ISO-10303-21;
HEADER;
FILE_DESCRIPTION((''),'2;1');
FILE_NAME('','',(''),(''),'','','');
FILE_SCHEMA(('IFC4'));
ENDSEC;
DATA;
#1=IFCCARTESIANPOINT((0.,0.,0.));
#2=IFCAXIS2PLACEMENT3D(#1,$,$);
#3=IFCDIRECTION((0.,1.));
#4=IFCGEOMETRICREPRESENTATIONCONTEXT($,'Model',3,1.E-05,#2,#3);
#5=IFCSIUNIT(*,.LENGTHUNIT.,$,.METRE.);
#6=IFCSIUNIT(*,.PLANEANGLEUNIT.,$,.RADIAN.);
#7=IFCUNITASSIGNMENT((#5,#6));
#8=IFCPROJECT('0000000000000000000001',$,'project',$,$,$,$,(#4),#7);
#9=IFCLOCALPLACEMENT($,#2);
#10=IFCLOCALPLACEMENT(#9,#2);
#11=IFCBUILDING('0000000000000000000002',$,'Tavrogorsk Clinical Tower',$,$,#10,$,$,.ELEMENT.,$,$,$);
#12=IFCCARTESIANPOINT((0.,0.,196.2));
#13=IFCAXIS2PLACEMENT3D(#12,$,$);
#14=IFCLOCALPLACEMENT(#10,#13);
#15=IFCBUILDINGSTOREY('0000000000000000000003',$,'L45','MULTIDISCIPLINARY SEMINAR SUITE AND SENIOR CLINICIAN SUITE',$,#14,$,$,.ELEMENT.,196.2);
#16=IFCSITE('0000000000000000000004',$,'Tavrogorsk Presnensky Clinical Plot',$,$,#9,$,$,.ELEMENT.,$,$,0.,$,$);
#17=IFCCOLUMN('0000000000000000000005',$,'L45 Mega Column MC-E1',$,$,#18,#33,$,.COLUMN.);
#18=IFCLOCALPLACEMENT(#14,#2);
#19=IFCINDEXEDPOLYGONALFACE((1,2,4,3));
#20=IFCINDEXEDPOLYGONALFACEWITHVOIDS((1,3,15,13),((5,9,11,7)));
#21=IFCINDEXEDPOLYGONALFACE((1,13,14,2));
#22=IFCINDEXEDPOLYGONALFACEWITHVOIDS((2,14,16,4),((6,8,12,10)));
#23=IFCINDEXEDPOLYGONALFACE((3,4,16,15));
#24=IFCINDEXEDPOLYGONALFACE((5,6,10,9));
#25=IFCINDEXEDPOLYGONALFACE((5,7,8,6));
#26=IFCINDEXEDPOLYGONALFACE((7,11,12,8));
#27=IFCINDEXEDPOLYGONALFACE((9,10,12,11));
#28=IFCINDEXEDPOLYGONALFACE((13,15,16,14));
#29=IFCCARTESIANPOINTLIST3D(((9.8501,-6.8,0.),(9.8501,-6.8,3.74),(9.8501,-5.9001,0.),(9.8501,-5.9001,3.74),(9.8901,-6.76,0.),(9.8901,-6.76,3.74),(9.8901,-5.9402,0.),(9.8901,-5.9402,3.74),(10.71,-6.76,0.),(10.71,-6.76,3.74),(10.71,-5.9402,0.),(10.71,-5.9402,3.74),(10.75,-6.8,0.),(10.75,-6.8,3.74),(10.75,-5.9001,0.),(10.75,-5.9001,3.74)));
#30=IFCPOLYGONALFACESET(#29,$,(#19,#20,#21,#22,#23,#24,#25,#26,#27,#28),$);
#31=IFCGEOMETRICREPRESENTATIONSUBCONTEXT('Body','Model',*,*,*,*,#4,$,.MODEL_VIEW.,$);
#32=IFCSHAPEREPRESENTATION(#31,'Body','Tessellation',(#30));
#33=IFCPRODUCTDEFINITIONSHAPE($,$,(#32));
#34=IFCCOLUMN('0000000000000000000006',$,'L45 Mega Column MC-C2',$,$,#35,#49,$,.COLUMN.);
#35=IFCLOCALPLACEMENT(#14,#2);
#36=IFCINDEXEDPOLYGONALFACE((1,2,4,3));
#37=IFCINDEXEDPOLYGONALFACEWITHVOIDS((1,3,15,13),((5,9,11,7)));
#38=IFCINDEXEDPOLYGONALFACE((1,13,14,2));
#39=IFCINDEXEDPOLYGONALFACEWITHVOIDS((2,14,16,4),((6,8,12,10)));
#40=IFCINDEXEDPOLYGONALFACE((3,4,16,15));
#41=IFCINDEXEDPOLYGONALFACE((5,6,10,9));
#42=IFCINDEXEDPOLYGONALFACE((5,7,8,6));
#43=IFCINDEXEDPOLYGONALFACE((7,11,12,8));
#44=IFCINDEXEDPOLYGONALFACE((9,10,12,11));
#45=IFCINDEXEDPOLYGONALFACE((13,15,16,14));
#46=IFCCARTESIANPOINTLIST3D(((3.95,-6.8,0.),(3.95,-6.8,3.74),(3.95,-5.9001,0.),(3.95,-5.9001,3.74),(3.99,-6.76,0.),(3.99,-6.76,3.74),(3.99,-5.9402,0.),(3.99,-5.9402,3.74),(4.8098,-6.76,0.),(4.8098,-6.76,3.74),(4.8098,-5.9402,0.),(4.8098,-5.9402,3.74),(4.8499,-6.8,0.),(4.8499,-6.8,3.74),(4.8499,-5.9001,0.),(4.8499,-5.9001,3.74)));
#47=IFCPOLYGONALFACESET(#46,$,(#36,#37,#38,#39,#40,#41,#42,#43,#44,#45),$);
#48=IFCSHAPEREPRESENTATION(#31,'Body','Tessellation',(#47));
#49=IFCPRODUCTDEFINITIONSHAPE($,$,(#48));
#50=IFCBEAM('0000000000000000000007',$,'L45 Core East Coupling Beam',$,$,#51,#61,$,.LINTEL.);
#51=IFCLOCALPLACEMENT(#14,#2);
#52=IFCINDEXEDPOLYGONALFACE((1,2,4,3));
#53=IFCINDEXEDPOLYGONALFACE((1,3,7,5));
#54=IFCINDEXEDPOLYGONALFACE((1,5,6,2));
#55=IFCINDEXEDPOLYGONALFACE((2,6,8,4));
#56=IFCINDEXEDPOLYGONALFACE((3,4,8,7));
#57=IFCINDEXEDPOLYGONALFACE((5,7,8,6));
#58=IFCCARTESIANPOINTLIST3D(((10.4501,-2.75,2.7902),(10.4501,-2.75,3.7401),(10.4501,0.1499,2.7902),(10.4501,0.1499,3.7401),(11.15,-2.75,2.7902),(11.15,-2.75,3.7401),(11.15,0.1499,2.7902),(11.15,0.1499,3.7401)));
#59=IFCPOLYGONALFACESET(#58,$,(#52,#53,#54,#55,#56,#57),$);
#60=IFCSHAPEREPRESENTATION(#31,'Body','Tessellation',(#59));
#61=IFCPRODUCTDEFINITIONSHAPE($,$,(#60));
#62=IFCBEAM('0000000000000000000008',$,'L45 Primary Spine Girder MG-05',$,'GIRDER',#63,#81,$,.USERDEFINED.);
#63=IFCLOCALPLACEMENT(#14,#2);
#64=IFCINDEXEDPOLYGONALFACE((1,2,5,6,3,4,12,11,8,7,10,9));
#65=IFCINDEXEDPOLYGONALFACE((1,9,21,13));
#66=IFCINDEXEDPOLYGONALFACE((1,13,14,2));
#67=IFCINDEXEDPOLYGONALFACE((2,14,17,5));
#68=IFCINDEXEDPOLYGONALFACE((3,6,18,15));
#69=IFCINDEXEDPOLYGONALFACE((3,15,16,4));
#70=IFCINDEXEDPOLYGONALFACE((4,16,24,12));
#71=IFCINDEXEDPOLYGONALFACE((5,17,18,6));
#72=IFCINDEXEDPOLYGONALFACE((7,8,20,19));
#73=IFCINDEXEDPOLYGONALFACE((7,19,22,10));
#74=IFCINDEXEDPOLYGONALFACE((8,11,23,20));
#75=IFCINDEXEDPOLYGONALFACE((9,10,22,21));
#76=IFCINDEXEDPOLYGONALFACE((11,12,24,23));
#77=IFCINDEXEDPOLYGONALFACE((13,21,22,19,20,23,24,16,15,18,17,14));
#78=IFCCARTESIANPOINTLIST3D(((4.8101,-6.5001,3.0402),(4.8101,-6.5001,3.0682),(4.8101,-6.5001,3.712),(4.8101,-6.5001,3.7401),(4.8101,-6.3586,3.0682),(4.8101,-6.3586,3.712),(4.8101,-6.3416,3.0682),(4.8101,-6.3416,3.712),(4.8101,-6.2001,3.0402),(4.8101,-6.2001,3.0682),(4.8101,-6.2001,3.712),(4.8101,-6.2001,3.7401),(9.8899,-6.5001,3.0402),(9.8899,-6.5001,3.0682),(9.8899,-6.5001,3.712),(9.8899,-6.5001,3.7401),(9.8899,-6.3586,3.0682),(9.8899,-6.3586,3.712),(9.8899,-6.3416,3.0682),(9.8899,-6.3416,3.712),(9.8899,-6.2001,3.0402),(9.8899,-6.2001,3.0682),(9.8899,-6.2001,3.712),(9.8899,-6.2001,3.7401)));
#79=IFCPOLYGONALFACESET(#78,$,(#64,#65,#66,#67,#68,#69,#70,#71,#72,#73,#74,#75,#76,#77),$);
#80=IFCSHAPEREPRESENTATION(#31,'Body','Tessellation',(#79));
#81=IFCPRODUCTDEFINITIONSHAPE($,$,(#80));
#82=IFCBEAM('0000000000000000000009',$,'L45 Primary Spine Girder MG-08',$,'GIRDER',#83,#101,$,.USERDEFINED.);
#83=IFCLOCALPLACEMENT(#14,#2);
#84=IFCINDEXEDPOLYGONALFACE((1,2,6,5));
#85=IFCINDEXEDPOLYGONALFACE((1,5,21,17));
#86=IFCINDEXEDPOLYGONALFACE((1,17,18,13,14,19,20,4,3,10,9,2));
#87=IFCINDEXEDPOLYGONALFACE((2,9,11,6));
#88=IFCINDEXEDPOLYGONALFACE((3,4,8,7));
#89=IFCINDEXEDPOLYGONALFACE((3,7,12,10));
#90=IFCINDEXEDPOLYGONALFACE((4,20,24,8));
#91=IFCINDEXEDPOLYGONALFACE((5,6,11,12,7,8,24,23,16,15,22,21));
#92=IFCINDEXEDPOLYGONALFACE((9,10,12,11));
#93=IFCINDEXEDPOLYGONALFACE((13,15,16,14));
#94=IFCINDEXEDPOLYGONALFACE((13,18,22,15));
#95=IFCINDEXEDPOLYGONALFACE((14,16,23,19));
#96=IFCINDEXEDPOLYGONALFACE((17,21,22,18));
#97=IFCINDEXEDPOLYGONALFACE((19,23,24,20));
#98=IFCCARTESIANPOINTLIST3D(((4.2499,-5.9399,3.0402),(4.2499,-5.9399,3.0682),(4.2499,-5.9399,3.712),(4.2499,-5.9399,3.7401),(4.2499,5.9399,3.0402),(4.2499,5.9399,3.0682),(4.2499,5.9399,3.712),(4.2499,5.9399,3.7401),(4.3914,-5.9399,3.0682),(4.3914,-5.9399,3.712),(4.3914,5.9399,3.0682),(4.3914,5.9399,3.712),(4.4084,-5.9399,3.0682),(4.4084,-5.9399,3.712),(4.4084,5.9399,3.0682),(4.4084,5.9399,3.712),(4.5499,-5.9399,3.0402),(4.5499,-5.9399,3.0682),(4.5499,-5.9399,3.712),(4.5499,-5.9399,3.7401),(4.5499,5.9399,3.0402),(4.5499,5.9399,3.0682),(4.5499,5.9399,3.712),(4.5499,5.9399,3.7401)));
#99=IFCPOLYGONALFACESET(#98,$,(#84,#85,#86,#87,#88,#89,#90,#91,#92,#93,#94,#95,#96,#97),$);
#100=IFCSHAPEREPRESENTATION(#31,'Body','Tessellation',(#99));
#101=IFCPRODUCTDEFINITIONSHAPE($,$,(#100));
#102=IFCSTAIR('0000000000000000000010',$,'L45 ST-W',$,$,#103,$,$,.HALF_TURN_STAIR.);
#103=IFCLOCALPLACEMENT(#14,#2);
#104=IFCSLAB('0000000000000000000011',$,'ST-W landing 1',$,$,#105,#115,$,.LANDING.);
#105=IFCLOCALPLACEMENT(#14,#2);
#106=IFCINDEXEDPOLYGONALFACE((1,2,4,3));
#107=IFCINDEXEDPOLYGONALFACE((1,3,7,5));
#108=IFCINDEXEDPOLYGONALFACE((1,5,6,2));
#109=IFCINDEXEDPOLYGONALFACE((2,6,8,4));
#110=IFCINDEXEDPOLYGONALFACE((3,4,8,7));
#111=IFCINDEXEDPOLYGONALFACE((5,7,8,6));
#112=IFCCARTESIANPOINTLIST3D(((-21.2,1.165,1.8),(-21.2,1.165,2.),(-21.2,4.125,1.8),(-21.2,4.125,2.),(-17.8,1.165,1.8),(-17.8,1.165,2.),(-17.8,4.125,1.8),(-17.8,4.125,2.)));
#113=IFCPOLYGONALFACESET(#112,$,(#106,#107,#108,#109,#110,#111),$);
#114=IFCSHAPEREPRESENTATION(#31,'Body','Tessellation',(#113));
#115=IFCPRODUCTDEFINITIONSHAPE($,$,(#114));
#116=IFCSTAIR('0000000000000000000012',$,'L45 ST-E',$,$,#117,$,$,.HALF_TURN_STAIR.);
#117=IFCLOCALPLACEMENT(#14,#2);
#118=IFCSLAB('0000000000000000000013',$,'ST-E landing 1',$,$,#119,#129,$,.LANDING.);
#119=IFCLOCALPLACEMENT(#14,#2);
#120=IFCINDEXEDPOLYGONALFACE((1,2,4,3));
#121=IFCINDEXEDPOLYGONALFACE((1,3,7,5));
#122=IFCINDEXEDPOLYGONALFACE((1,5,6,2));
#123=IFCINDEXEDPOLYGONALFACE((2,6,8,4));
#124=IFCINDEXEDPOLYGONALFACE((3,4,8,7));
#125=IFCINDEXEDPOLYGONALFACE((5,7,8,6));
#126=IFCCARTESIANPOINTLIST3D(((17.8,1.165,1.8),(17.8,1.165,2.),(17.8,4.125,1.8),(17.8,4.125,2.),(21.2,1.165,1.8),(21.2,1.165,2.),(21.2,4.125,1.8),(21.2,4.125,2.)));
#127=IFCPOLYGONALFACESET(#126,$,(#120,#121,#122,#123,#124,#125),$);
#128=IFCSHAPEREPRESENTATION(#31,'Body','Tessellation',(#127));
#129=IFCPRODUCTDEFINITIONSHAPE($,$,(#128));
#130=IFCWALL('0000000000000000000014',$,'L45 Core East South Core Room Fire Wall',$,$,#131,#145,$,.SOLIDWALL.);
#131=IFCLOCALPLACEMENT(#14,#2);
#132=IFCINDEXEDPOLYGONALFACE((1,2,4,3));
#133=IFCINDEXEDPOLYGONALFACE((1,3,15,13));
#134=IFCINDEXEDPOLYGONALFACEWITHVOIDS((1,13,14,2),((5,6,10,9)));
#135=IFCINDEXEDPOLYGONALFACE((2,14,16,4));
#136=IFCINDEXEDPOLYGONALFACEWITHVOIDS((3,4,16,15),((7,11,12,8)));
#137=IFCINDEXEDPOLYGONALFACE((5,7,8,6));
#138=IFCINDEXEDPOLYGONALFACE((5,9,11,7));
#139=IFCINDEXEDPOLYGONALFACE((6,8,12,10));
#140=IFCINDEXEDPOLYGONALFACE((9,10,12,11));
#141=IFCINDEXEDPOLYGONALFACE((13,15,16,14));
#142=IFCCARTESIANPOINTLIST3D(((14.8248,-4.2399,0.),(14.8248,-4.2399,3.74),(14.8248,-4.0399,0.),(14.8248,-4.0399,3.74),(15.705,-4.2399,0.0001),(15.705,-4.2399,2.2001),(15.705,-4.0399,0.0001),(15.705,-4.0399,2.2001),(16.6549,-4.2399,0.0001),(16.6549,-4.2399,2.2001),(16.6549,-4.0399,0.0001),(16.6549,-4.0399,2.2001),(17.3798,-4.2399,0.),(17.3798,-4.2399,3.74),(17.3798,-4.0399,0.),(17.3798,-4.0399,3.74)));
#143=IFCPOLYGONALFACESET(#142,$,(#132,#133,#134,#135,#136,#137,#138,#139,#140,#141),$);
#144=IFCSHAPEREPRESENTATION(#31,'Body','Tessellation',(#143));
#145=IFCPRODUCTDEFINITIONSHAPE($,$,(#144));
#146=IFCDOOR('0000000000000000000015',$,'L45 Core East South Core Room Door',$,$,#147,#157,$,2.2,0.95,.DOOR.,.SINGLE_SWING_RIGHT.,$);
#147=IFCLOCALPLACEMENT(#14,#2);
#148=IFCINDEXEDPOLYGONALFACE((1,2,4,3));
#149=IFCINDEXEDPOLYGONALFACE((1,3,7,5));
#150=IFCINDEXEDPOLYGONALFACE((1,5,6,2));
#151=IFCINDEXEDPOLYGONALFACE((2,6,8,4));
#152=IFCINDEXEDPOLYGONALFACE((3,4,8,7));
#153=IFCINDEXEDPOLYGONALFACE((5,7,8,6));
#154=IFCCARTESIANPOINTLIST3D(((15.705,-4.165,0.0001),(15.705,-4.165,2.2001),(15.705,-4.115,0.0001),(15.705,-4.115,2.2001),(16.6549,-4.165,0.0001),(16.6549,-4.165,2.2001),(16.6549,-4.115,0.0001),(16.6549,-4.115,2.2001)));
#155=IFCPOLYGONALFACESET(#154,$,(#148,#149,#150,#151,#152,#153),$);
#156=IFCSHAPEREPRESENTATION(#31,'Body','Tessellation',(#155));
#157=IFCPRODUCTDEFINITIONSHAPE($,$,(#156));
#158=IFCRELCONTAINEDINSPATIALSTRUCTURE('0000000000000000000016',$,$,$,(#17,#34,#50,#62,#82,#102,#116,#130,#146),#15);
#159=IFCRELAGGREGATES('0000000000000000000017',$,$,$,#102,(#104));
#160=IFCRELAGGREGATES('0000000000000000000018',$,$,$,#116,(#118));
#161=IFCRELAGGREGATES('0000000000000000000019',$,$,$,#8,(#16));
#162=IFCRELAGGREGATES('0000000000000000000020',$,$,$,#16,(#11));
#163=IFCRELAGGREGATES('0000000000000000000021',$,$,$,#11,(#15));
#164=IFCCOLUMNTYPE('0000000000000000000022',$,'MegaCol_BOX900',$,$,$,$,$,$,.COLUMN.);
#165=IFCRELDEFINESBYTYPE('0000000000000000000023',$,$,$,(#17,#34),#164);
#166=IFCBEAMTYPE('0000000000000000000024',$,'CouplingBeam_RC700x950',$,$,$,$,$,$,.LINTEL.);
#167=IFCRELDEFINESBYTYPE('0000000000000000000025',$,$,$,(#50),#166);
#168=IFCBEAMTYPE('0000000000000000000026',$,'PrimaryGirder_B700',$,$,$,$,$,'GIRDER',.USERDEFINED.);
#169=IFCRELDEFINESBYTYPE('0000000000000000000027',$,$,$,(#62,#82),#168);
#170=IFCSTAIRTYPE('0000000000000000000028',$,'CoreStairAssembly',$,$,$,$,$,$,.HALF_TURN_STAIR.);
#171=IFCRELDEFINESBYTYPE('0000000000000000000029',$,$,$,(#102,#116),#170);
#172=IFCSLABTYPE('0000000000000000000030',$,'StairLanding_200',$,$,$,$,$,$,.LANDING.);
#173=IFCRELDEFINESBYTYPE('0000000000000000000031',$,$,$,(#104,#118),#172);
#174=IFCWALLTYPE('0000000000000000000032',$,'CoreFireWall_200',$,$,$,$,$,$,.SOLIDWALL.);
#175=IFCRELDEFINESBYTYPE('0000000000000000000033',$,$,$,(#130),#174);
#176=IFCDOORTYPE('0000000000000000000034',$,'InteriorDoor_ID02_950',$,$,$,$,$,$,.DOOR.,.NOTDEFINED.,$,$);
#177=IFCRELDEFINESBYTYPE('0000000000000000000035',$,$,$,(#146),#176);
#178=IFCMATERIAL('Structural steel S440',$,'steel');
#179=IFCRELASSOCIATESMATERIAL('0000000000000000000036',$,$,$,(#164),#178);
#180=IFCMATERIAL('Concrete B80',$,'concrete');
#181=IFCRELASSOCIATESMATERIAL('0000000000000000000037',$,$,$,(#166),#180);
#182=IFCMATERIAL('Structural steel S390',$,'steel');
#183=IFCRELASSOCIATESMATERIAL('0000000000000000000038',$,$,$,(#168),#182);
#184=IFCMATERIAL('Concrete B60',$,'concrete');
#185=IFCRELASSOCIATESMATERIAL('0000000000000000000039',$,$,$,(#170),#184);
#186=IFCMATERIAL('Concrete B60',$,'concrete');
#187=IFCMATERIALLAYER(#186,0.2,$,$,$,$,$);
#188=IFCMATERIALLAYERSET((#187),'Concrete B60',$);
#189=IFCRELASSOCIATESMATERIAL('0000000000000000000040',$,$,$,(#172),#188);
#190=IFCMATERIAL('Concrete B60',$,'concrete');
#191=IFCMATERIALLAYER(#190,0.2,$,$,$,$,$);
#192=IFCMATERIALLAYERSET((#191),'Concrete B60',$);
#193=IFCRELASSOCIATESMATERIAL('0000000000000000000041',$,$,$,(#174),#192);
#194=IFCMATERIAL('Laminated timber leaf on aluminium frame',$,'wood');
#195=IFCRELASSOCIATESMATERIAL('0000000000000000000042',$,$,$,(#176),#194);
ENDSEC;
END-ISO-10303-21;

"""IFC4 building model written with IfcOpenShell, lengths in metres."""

from ifc_helpers import new_model, si_unit, direction, frame, frame_2d, origin, origin_2d, place, context, subcontext, project, spatial, polyline, rectangle, hollow_rectangle, i_section, outline, extrude, material, layer, layer_set, material_profile, profile_set, type_object, element, fill, aggregate, save


model = new_model("IFC4")

# Units and contexts
model_context = context("Model", 3, precision=1e-05, world=origin(), true_north=direction((0.0, 1.0)))
body_context = subcontext(model_context, "Body", "Model", "MODEL_VIEW")
ifc_project = project(units=[si_unit("LENGTHUNIT", "METRE"), si_unit("PLANEANGLEUNIT", "RADIAN")], contexts=[model_context])

# Site, building, storey
site_placement = place(None, origin())
site = spatial("IfcSite", under=ifc_project, at=site_placement, Name="Tavrogorsk Presnensky Clinical Plot", CompositionType="ELEMENT", RefElevation=0.0)
building_placement = place(site_placement, origin())
building = spatial("IfcBuilding", under=site, at=building_placement, Name="Tavrogorsk Clinical Tower", CompositionType="ELEMENT")
storey_placement = place(building_placement, frame((0.0, 0.0, 196.2)))
storey = spatial("IfcBuildingStorey", under=building, at=storey_placement, Name="L45", Description="MULTIDISCIPLINARY SEMINAR SUITE AND SENIOR CLINICIAN SUITE", CompositionType="ELEMENT", Elevation=196.2)

# Columns
ifc_material_1 = material(Name="Structural steel S440", Category="steel")
ifc_material_profile_1 = material_profile(ifc_material_1, hollow_rectangle(XDim=0.8999, YDim=0.8999, WallThickness=0.04, at=origin_2d()), Name="BOX-900x900x40")
ifc_profile_set_1 = profile_set([ifc_material_profile_1], Name="Structural steel S440")
column_type = type_object("IfcColumnType", Name="MegaCol_BOX900", PredefinedType="COLUMN", material=ifc_profile_set_1)
for number, where, z_axis, x_axis, name in (
    (1, (10.3, -6.3501, 0.0), (0.0, 0.0, 1.0), (1.0, 0.0, 0.0), "L45 Mega Column MC-E1"),
    (2, (4.3999, -6.3501, 0.0), (0.0, 0.0, 1.0), (1.0, 0.0, 0.0), "L45 Mega Column MC-C2"),
):
    element("IfcColumn", number, at=place(storey_placement, frame(where, z_axis=z_axis, x_axis=x_axis)), inside=storey, type_object=column_type, Name=name, PredefinedType="COLUMN", context=body_context, shape_type="SweptSolid", body=[
        extrude(hollow_rectangle(XDim=0.8999, YDim=0.8999, WallThickness=0.04, at=origin_2d()), origin(), (0.0, 0.0, 1.0), 3.74),
    ])

# Beams
ifc_material_2 = material(Name="Concrete B80", Category="concrete")
ifc_material_profile_2 = material_profile(ifc_material_2, rectangle(XDim=0.7, YDim=0.95, at=origin_2d()), Name="RC-CB-700x950")
ifc_profile_set_2 = profile_set([ifc_material_profile_2], Name="Concrete B80")
beam_type_1 = type_object("IfcBeamType", Name="CouplingBeam_RC700x950", PredefinedType="LINTEL", material=ifc_profile_set_2)
beam_1_placement = place(storey_placement, frame((10.8, -2.75, 3.2651), z_axis=(0.0, 1.0, 0.0), x_axis=(-1.0, 0.0, 0.0)))
element("IfcBeam", 3, at=beam_1_placement, inside=storey, type_object=beam_type_1, Name="L45 Core East Coupling Beam", PredefinedType="LINTEL", context=body_context, shape_type="SweptSolid", body=[
    extrude(rectangle(XDim=0.7, YDim=0.95, at=origin_2d()), origin(), (0.0, 0.0, 1.0), 2.8999),
])
ifc_material_3 = material(Name="Structural steel S390", Category="steel")
ifc_material_profile_3 = material_profile(ifc_material_3, i_section(OverallWidth=0.3, OverallDepth=0.7, WebThickness=0.0171, FlangeThickness=0.0281, at=origin_2d()), Name="B-700x300x17x28")
ifc_profile_set_3 = profile_set([ifc_material_profile_3], Name="Structural steel S390")
beam_type_2 = type_object("IfcBeamType", Name="PrimaryGirder_B700", ElementType="GIRDER", PredefinedType="USERDEFINED", material=ifc_profile_set_3)
beam_2_placement = place(storey_placement, frame((4.8101, -6.3501, 3.3901), z_axis=(1.0, 0.0, 0.0), x_axis=(0.0, 1.0, 0.0)))
element("IfcBeam", 4, at=beam_2_placement, inside=storey, type_object=beam_type_2, Name="L45 Primary Spine Girder MG-05", ObjectType="GIRDER", PredefinedType="USERDEFINED", context=body_context, shape_type="SweptSolid", body=[
    extrude(i_section(OverallWidth=0.3, OverallDepth=0.7, WebThickness=0.0171, FlangeThickness=0.0281, at=origin_2d()), origin(), (0.0, 0.0, 1.0), 5.0798),
])
beam_3_placement = place(storey_placement, frame((4.3999, -5.9399, 3.3901), z_axis=(0.0, 1.0, 0.0), x_axis=(-1.0, 0.0, 0.0)))
element("IfcBeam", 5, at=beam_3_placement, inside=storey, type_object=beam_type_2, Name="L45 Primary Spine Girder MG-08", ObjectType="GIRDER", PredefinedType="USERDEFINED", context=body_context, shape_type="SweptSolid", body=[
    extrude(i_section(OverallWidth=0.3, OverallDepth=0.7, WebThickness=0.0171, FlangeThickness=0.0281, at=origin_2d()), origin(), (0.0, 0.0, 1.0), 11.8799),
])

# Stairs, slabs
ifc_material_4 = material(Name="Concrete B60", Category="concrete")
stair_type = type_object("IfcStairType", Name="CoreStairAssembly", PredefinedType="HALF_TURN_STAIR", material=ifc_material_4)
stair_1_placement = place(storey_placement, origin())
stair_1 = element("IfcStair", 6, at=stair_1_placement, inside=storey, type_object=stair_type, Name="L45 ST-W", PredefinedType="HALF_TURN_STAIR")
ifc_material_5 = material(Name="Concrete B60", Category="concrete")
ifc_layer_1 = layer(ifc_material_5, 0.2)
ifc_layer_set_1 = layer_set([ifc_layer_1], Name="Concrete B60")
slab_type = type_object("IfcSlabType", Name="StairLanding_200", PredefinedType="LANDING", material=ifc_layer_set_1)
slab_1_placement = place(storey_placement, frame((0.0, 0.0, 1.8)))
slab_1 = element("IfcSlab", 7, at=slab_1_placement, type_object=slab_type, Name="ST-W landing 1", PredefinedType="LANDING", context=body_context, shape_type="SweptSolid", body=[
    extrude(outline(polyline([(-17.8, 1.165), (-17.8, 4.125), (-21.2, 4.125), (-21.2, 1.165), (-17.8, 1.165)])), origin(), (0.0, 0.0, 1.0), 0.2),
])
aggregate(stair_1, [slab_1])
stair_2_placement = place(storey_placement, origin())
stair_2 = element("IfcStair", 8, at=stair_2_placement, inside=storey, type_object=stair_type, Name="L45 ST-E", PredefinedType="HALF_TURN_STAIR")
slab_2_placement = place(storey_placement, frame((0.0, 0.0, 1.8)))
slab_2 = element("IfcSlab", 9, at=slab_2_placement, type_object=slab_type, Name="ST-E landing 1", PredefinedType="LANDING", context=body_context, shape_type="SweptSolid", body=[
    extrude(outline(polyline([(21.2, 1.165), (21.2, 4.125), (17.8, 4.125), (17.8, 1.165), (21.2, 1.165)])), origin(), (0.0, 0.0, 1.0), 0.2),
])
aggregate(stair_2, [slab_2])

# Wall, opening, door
ifc_material_6 = material(Name="Concrete B60", Category="concrete")
ifc_layer_2 = layer(ifc_material_6, 0.2)
ifc_layer_set_2 = layer_set([ifc_layer_2], Name="Concrete B60")
wall_type_1 = type_object("IfcWallType", Name="CoreFireWall_200", PredefinedType="SOLIDWALL", material=ifc_layer_set_2)
wall_1_placement = place(storey_placement, frame((14.825, -4.1399, 0.0), z_axis=(0.0, 0.0, 1.0), x_axis=(1.0, 0.0, 0.0)))
wall_1 = element("IfcWall", 10, at=wall_1_placement, inside=storey, type_object=wall_type_1, Name="L45 Core East South Core Room Fire Wall", PredefinedType="SOLIDWALL", context=body_context, shape_type="SweptSolid", body=[
    extrude(rectangle(XDim=2.5549, YDim=0.2, at=frame_2d((1.2773, 0.0))), origin(), (0.0, 0.0, 1.0), 3.74),
])
opening_1_placement = place(wall_1_placement, frame((0.8799, 0.0, 0.0)))
opening_1 = element("IfcOpeningElement", 11, at=opening_1_placement, cuts=wall_1, PredefinedType="OPENING", context=body_context, shape_type="SweptSolid", body=[
    extrude(rectangle(XDim=0.95, YDim=2.2, at=frame_2d((0.4751, 1.1001))), frame((0.0, 0.1099, 0.0), z_axis=(0.0, -1.0, 0.0), x_axis=(1.0, 0.0, 0.0)), (0.0, 0.0, 1.0), 0.22),
])
ifc_material_7 = material(Name="Laminated timber leaf on aluminium frame", Category="wood")
door_type_1 = type_object("IfcDoorType", Name="InteriorDoor_ID02_950", OperationType="NOTDEFINED", PredefinedType="DOOR", material=ifc_material_7)
door_1_placement = place(opening_1_placement, origin())
door_1 = element("IfcDoor", 12, at=door_1_placement, inside=storey, type_object=door_type_1, Name="L45 Core East South Core Room Door", OperationType="SINGLE_SWING_RIGHT", OverallHeight=2.2, OverallWidth=0.95, PredefinedType="DOOR", context=body_context, shape_type="SweptSolid", body=[
    extrude(rectangle(XDim=0.95, YDim=2.2, at=frame_2d((0.4751, 1.1001))), frame((0.0, 0.0249, 0.0), z_axis=(0.0, -1.0, 0.0), x_axis=(1.0, 0.0, 0.0)), (0.0, 0.0, 1.0), 0.05),
])
fill(opening_1, door_1)

save(model, "model.ifc")
